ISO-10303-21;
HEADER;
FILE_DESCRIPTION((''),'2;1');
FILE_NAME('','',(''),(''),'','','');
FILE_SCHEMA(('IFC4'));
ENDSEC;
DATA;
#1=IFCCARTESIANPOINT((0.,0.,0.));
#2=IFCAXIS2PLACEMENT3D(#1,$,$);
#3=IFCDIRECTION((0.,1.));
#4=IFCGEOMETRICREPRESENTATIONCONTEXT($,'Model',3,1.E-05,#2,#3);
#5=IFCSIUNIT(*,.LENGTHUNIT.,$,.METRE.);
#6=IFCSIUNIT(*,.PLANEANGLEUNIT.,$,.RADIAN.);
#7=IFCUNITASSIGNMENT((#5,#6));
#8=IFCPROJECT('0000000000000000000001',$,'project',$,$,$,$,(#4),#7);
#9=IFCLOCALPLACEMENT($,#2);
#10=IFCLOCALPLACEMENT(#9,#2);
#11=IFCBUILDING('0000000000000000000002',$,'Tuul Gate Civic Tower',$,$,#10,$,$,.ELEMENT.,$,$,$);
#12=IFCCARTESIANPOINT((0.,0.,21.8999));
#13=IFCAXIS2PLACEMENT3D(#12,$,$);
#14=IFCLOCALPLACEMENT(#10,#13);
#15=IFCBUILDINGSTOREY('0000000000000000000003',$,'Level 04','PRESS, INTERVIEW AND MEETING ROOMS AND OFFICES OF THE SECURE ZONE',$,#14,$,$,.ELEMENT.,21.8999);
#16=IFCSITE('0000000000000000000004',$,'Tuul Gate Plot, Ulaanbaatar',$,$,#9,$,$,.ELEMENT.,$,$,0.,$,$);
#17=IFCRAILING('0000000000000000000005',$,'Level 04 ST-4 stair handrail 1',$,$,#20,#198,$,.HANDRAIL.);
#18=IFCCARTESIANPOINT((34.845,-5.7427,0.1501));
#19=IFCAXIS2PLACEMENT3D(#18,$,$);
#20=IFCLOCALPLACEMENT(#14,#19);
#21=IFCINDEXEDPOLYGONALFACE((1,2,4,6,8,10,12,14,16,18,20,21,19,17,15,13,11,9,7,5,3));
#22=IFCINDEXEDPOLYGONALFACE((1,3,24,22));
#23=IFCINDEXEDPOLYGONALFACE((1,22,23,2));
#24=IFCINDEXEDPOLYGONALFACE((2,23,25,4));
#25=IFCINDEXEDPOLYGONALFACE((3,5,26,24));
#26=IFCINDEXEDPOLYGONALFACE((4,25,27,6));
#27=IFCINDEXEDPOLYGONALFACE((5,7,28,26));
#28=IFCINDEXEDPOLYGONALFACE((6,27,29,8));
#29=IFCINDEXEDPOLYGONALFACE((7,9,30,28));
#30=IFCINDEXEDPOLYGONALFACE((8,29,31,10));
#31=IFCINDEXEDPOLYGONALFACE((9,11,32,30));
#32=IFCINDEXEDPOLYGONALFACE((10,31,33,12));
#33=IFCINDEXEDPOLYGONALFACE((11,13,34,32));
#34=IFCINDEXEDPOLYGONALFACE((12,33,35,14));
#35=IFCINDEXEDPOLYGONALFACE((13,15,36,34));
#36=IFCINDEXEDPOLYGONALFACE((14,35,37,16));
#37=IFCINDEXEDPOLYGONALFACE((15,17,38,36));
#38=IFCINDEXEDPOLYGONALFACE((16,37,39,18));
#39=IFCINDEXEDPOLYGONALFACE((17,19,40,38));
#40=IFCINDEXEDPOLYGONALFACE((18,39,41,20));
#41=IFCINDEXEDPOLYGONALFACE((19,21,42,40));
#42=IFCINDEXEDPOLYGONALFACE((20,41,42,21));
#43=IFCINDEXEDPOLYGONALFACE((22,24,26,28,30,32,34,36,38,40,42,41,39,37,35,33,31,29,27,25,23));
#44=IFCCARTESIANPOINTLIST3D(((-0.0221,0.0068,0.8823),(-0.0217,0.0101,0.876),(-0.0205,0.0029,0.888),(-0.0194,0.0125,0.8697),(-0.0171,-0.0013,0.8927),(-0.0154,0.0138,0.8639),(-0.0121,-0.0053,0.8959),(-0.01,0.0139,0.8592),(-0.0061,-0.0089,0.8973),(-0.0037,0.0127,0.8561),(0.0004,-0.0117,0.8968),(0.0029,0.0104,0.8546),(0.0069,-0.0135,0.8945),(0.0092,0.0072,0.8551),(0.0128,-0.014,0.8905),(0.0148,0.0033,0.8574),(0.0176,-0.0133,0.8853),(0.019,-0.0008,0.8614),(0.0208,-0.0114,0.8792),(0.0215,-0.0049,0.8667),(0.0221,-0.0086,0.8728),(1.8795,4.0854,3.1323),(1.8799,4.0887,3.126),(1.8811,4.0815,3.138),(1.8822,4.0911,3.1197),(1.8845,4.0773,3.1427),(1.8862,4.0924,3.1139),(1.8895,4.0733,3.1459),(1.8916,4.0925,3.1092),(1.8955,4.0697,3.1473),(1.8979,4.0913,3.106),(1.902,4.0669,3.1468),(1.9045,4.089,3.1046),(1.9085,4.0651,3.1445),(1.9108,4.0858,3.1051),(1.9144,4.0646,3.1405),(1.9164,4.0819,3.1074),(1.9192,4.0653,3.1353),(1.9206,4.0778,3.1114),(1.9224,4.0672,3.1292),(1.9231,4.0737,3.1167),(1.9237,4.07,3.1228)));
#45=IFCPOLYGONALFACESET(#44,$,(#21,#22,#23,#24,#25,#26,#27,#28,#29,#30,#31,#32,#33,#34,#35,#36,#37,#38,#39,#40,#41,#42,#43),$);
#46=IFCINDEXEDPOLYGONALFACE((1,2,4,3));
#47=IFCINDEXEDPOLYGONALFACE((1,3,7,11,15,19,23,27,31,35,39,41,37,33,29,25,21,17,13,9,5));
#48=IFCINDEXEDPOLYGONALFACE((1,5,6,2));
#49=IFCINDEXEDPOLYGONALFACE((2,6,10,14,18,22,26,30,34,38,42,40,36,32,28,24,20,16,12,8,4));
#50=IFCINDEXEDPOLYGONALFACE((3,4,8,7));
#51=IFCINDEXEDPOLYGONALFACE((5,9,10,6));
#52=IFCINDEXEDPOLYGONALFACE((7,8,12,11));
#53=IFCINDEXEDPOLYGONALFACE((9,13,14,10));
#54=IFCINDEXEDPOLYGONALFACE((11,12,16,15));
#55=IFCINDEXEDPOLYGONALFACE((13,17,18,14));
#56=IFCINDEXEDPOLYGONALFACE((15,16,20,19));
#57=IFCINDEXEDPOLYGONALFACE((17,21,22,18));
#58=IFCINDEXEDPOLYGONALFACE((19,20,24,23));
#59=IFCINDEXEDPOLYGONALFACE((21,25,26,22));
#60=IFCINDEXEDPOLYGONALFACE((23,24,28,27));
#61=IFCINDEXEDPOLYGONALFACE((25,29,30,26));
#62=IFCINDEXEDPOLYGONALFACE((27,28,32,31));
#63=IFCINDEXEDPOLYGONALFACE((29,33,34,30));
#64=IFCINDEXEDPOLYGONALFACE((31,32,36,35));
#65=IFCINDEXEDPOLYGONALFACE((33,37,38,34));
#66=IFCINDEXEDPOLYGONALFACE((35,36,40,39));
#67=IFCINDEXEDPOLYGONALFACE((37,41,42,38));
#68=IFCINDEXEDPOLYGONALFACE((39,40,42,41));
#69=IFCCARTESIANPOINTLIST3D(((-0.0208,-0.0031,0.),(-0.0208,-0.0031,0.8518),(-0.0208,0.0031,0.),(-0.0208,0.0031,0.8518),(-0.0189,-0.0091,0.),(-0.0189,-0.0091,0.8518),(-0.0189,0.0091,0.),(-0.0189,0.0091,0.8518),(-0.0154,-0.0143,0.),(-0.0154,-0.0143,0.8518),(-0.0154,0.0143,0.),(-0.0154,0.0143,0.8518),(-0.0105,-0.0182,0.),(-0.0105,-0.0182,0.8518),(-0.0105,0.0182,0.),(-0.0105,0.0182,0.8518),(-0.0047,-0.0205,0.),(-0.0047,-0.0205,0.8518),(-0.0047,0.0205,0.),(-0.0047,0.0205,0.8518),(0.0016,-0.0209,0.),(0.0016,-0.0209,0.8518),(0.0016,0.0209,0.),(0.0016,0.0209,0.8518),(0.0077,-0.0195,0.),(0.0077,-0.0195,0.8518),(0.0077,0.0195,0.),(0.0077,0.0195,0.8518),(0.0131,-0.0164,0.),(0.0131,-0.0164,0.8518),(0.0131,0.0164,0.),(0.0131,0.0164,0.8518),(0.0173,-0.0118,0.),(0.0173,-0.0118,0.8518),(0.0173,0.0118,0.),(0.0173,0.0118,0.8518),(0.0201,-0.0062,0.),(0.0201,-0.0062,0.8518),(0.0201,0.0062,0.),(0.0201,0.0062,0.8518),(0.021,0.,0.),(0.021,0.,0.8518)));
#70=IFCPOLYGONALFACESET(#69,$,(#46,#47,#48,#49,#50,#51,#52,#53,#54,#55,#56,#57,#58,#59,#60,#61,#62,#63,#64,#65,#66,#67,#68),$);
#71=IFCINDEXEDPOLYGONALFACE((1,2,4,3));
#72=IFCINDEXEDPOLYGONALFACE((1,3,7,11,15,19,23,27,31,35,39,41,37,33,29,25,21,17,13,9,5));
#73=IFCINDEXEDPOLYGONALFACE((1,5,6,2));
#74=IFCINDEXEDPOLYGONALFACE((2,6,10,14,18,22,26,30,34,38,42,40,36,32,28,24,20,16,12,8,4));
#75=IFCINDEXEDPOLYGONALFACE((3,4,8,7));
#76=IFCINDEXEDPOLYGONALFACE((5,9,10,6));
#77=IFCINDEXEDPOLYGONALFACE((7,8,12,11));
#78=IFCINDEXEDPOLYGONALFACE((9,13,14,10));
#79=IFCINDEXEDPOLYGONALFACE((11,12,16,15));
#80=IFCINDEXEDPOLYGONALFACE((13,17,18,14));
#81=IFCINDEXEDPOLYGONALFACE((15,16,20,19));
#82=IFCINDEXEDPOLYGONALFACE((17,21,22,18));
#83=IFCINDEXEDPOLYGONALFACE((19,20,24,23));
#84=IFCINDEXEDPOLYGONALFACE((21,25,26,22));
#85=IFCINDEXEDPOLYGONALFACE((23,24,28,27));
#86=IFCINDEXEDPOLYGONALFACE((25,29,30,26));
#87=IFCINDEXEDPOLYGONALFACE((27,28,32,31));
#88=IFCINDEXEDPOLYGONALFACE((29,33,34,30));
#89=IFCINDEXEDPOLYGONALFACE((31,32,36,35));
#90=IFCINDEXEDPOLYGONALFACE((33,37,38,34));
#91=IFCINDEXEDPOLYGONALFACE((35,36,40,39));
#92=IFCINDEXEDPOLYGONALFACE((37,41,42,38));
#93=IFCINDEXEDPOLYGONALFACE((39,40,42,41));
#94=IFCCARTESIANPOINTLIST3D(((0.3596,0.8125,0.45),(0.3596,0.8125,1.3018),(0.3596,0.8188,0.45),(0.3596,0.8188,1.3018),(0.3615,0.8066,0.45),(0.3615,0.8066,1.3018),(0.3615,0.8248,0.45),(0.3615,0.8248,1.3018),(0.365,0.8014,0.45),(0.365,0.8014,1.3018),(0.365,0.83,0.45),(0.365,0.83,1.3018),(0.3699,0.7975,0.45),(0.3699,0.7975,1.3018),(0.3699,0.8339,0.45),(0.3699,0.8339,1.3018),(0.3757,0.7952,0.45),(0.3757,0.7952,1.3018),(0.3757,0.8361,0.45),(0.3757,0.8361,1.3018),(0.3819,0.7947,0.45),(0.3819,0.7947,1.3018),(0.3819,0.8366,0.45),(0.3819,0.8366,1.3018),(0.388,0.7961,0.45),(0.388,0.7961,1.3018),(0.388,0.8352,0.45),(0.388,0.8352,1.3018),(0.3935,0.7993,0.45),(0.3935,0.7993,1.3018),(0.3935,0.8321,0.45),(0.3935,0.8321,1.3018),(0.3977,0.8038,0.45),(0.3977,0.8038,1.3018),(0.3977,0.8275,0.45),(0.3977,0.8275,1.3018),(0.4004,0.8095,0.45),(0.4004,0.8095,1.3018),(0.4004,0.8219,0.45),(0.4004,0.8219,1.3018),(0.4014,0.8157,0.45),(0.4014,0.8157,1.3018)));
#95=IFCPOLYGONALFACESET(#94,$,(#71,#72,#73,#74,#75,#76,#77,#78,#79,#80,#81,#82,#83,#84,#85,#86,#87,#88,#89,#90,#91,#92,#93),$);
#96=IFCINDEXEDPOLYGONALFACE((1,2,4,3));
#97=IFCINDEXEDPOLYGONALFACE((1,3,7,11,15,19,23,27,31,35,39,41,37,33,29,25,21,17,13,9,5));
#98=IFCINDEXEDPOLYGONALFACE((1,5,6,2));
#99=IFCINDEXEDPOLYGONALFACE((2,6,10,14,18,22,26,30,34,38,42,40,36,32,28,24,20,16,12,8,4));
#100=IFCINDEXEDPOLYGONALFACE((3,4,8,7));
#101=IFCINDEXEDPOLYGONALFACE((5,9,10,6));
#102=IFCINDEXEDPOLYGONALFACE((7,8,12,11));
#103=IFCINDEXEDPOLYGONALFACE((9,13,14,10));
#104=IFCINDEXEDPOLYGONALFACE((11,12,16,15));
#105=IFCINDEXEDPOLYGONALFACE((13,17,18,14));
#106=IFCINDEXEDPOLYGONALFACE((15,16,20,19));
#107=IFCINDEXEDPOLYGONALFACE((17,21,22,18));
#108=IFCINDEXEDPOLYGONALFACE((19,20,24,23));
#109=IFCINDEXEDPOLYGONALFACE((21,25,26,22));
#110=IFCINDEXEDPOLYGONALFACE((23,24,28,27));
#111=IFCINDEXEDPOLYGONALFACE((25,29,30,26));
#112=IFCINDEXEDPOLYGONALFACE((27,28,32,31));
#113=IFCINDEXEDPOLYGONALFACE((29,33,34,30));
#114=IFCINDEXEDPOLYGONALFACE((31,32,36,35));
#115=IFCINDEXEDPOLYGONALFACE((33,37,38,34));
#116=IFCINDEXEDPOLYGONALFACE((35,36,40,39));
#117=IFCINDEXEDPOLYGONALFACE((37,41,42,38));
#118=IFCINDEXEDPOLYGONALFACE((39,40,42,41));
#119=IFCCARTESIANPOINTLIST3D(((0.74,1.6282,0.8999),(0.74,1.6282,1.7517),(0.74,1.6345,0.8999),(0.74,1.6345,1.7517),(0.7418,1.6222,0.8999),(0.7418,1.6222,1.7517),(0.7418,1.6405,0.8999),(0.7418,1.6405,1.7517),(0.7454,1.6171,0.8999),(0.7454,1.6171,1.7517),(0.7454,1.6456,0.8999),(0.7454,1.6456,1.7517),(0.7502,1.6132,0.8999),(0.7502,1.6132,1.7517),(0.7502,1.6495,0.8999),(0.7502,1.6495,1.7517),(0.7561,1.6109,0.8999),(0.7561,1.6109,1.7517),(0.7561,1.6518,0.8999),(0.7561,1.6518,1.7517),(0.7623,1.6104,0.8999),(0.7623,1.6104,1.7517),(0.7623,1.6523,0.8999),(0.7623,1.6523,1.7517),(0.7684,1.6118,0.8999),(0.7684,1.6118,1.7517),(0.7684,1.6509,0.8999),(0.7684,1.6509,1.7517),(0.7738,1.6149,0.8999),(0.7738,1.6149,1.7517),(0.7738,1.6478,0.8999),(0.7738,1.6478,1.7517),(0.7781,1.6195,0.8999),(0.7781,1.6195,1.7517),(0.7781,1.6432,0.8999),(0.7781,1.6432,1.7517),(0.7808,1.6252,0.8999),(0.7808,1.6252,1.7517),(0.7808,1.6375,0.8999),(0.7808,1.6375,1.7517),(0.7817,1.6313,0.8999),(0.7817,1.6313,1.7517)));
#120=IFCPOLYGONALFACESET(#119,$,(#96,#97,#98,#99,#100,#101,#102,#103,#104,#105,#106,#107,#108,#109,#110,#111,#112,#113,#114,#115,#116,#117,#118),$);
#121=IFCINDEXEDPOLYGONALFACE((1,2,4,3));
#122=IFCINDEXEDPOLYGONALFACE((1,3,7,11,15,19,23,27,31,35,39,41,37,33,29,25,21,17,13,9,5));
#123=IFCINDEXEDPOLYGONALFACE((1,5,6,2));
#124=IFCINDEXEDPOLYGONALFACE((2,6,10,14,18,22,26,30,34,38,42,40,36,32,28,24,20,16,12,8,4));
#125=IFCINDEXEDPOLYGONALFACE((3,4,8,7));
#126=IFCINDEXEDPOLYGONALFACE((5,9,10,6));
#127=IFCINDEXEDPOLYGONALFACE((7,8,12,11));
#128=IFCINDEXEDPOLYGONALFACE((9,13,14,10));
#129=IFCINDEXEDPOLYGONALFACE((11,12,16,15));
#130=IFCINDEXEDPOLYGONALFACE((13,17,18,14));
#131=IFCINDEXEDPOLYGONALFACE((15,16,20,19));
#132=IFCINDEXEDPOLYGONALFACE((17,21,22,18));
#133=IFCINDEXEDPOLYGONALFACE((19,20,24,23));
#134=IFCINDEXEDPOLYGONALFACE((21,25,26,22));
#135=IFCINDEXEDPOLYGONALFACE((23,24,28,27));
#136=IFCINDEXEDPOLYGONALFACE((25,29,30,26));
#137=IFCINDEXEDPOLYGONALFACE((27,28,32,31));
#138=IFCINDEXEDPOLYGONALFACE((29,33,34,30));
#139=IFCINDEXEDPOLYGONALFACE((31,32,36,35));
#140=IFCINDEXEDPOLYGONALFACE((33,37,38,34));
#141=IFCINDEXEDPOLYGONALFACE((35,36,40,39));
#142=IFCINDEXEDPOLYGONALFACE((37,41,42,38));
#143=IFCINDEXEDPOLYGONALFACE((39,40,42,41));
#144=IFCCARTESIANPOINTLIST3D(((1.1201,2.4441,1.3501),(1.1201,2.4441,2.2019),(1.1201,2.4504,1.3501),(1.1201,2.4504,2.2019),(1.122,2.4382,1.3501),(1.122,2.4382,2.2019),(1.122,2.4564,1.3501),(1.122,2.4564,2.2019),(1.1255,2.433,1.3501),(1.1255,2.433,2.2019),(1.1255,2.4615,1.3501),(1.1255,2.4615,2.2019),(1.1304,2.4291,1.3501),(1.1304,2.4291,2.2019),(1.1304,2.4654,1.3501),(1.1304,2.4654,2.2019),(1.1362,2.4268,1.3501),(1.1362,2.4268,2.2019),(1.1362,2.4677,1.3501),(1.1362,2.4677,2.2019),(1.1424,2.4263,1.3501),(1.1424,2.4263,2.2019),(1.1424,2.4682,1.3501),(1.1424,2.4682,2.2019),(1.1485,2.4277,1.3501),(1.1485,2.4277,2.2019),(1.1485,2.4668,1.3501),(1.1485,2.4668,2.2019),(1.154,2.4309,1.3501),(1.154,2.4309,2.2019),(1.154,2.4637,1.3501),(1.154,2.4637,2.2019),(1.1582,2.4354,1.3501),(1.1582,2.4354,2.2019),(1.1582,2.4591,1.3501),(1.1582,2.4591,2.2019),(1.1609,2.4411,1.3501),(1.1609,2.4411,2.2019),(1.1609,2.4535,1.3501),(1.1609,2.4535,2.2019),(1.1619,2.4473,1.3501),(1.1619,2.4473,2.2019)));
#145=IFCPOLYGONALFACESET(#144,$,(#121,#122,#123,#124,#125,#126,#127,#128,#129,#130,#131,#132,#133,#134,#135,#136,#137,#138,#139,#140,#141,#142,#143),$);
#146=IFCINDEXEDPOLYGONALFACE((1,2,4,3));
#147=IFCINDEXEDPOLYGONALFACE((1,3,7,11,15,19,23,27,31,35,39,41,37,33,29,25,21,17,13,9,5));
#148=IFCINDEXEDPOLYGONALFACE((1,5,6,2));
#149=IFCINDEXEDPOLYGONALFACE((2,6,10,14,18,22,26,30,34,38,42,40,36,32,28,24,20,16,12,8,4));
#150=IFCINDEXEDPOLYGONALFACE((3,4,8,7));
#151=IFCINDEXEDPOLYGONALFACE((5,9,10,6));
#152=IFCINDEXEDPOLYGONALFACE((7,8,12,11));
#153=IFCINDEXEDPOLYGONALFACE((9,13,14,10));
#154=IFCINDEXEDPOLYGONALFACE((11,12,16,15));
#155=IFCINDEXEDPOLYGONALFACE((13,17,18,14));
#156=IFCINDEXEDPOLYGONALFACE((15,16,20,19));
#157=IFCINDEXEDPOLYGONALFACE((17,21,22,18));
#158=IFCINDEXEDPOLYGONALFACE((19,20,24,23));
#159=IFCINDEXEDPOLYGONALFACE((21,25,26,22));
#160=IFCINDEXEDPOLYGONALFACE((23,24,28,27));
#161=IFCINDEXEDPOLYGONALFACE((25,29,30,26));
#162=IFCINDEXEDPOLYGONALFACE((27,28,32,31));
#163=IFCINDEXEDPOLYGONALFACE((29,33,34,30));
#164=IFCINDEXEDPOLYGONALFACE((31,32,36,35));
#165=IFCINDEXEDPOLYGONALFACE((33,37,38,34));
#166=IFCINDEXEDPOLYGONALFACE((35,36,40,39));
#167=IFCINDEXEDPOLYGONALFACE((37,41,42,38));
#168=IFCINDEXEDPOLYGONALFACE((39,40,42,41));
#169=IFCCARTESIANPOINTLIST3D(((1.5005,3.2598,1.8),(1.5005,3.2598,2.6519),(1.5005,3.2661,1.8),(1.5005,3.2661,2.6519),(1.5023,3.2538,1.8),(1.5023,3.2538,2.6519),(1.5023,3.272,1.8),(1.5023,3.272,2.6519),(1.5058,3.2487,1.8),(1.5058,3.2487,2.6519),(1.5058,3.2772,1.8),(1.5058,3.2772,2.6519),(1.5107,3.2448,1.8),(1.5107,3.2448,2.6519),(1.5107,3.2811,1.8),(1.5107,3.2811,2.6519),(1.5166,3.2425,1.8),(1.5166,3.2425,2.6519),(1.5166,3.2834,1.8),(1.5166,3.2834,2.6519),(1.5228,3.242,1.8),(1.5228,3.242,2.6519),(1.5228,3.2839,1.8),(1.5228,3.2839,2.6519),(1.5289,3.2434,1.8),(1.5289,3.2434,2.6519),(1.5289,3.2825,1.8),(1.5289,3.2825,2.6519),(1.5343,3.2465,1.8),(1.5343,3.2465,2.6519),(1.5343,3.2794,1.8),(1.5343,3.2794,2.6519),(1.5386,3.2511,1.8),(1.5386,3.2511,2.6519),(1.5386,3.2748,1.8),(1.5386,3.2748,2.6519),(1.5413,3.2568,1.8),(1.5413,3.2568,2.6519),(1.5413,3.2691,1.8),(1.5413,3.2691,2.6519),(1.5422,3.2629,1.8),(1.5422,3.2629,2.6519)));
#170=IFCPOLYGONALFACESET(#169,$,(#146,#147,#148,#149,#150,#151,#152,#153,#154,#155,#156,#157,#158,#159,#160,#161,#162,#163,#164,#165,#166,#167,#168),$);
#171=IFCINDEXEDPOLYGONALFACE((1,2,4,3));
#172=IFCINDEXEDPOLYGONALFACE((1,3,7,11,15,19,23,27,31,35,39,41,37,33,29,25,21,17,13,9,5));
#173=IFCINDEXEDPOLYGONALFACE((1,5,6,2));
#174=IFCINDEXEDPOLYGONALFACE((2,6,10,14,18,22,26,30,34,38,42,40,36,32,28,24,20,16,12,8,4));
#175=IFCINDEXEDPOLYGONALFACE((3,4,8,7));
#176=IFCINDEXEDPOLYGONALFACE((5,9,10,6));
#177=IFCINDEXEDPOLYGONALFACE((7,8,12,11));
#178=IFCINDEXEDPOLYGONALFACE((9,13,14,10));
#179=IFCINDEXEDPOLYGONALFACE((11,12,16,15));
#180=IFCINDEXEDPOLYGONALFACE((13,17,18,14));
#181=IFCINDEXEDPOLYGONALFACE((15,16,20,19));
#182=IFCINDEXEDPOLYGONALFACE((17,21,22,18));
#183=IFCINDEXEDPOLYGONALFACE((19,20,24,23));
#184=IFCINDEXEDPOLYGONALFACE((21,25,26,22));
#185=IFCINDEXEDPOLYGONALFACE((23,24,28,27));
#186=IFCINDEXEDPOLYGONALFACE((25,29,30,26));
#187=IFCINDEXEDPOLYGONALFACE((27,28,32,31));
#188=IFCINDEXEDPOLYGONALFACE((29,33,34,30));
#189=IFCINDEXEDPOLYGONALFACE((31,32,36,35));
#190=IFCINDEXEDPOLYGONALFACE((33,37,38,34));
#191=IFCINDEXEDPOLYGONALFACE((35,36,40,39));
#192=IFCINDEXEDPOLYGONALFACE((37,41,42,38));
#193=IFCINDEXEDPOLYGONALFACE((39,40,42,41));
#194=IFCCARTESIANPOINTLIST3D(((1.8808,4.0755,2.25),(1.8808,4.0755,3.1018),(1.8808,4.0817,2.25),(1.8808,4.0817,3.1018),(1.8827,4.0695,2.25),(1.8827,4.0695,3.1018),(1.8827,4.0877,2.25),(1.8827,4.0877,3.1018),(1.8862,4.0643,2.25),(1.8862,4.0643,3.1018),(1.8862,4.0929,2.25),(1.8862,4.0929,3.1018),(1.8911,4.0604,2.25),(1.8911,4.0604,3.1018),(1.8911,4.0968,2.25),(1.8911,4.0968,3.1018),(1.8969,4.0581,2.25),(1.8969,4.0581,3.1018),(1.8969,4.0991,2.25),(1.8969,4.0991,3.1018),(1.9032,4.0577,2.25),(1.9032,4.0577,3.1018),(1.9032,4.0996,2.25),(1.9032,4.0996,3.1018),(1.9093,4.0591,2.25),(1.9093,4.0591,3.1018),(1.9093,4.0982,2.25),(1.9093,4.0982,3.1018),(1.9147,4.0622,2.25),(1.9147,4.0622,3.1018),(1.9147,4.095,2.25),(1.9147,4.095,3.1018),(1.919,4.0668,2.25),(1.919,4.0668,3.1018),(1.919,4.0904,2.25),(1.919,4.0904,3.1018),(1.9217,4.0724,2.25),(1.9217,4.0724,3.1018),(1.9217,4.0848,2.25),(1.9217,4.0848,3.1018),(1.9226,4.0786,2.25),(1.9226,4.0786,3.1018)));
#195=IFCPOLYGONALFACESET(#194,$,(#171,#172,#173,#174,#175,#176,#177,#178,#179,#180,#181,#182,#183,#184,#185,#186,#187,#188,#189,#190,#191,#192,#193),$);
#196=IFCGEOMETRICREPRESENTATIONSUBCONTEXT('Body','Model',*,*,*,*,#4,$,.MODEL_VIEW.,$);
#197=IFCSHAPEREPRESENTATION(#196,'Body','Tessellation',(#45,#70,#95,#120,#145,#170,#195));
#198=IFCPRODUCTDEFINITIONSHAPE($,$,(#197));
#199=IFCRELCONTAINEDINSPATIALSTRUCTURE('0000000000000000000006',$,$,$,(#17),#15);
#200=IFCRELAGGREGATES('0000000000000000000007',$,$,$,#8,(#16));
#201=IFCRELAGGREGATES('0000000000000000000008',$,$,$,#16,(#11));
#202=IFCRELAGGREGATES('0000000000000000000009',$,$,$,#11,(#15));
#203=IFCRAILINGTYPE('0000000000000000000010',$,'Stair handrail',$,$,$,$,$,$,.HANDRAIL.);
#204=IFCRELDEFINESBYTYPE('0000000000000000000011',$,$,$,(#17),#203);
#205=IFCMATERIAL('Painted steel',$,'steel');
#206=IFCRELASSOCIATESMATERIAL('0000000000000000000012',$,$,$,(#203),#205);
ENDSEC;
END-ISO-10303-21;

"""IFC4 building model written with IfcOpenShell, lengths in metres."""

from ifc_helpers import new_model, si_unit, direction, frame, origin, origin_2d, place, context, subcontext, project, spatial, circle, extrude, material, type_object, element, save


model = new_model("IFC4")

# Units and contexts
model_context = context("Model", 3, precision=1e-05, world=origin(), true_north=direction((0.0, 1.0)))
body_context = subcontext(model_context, "Body", "Model", "MODEL_VIEW")
ifc_project = project(units=[si_unit("LENGTHUNIT", "METRE"), si_unit("PLANEANGLEUNIT", "RADIAN")], contexts=[model_context])

# Site, building, storey
site_placement = place(None, origin())
site = spatial("IfcSite", under=ifc_project, at=site_placement, Name="Tuul Gate Plot, Ulaanbaatar", CompositionType="ELEMENT", RefElevation=0.0)
building_placement = place(site_placement, origin())
building = spatial("IfcBuilding", under=site, at=building_placement, Name="Tuul Gate Civic Tower", CompositionType="ELEMENT")
storey_placement = place(building_placement, frame((0.0, 0.0, 21.8999)))
storey = spatial("IfcBuildingStorey", under=building, at=storey_placement, Name="Level 04", Description="PRESS, INTERVIEW AND MEETING ROOMS AND OFFICES OF THE SECURE ZONE", CompositionType="ELEMENT", Elevation=21.8999)

# Railing
ifc_material_1 = material(Name="Painted steel", Category="steel")
railing_type_1 = type_object("IfcRailingType", Name="Stair handrail", PredefinedType="HANDRAIL", material=ifc_material_1)
railing_1_placement = place(storey_placement, frame((34.845, -5.7427, 0.1501)))
element("IfcRailing", 1, at=railing_1_placement, inside=storey, type_object=railing_type_1, Name="Level 04 ST-4 stair handrail 1", PredefinedType="HANDRAIL", context=body_context, shape_type="SweptSolid", body=[
    extrude(circle(Radius=0.0239, at=origin_2d()), frame((0.0, 0.0, 0.876), z_axis=(0.377958, 0.810652, 0.447203), x_axis=(-0.906331, 0.422568, 0.0)), (0.0, 0.0, 1.0), 5.0312),
    extrude(circle(Radius=0.021, at=origin_2d()), origin(), (0.0, 0.0, 1.0), 0.8518),
    extrude(circle(Radius=0.021, at=origin_2d()), frame((0.3804, 0.8157, 0.45)), (0.0, 0.0, 1.0), 0.8518),
    extrude(circle(Radius=0.021, at=origin_2d()), frame((0.7607, 1.6313, 0.8999)), (0.0, 0.0, 1.0), 0.8518),
    extrude(circle(Radius=0.021, at=origin_2d()), frame((1.1409, 2.4473, 1.3501)), (0.0, 0.0, 1.0), 0.8518),
    extrude(circle(Radius=0.021, at=origin_2d()), frame((1.5212, 3.2629, 1.8)), (0.0, 0.0, 1.0), 0.8518),
    extrude(circle(Radius=0.021, at=origin_2d()), frame((1.9016, 4.0786, 2.25)), (0.0, 0.0, 1.0), 0.8518),
])

save(model, "model.ifc")
